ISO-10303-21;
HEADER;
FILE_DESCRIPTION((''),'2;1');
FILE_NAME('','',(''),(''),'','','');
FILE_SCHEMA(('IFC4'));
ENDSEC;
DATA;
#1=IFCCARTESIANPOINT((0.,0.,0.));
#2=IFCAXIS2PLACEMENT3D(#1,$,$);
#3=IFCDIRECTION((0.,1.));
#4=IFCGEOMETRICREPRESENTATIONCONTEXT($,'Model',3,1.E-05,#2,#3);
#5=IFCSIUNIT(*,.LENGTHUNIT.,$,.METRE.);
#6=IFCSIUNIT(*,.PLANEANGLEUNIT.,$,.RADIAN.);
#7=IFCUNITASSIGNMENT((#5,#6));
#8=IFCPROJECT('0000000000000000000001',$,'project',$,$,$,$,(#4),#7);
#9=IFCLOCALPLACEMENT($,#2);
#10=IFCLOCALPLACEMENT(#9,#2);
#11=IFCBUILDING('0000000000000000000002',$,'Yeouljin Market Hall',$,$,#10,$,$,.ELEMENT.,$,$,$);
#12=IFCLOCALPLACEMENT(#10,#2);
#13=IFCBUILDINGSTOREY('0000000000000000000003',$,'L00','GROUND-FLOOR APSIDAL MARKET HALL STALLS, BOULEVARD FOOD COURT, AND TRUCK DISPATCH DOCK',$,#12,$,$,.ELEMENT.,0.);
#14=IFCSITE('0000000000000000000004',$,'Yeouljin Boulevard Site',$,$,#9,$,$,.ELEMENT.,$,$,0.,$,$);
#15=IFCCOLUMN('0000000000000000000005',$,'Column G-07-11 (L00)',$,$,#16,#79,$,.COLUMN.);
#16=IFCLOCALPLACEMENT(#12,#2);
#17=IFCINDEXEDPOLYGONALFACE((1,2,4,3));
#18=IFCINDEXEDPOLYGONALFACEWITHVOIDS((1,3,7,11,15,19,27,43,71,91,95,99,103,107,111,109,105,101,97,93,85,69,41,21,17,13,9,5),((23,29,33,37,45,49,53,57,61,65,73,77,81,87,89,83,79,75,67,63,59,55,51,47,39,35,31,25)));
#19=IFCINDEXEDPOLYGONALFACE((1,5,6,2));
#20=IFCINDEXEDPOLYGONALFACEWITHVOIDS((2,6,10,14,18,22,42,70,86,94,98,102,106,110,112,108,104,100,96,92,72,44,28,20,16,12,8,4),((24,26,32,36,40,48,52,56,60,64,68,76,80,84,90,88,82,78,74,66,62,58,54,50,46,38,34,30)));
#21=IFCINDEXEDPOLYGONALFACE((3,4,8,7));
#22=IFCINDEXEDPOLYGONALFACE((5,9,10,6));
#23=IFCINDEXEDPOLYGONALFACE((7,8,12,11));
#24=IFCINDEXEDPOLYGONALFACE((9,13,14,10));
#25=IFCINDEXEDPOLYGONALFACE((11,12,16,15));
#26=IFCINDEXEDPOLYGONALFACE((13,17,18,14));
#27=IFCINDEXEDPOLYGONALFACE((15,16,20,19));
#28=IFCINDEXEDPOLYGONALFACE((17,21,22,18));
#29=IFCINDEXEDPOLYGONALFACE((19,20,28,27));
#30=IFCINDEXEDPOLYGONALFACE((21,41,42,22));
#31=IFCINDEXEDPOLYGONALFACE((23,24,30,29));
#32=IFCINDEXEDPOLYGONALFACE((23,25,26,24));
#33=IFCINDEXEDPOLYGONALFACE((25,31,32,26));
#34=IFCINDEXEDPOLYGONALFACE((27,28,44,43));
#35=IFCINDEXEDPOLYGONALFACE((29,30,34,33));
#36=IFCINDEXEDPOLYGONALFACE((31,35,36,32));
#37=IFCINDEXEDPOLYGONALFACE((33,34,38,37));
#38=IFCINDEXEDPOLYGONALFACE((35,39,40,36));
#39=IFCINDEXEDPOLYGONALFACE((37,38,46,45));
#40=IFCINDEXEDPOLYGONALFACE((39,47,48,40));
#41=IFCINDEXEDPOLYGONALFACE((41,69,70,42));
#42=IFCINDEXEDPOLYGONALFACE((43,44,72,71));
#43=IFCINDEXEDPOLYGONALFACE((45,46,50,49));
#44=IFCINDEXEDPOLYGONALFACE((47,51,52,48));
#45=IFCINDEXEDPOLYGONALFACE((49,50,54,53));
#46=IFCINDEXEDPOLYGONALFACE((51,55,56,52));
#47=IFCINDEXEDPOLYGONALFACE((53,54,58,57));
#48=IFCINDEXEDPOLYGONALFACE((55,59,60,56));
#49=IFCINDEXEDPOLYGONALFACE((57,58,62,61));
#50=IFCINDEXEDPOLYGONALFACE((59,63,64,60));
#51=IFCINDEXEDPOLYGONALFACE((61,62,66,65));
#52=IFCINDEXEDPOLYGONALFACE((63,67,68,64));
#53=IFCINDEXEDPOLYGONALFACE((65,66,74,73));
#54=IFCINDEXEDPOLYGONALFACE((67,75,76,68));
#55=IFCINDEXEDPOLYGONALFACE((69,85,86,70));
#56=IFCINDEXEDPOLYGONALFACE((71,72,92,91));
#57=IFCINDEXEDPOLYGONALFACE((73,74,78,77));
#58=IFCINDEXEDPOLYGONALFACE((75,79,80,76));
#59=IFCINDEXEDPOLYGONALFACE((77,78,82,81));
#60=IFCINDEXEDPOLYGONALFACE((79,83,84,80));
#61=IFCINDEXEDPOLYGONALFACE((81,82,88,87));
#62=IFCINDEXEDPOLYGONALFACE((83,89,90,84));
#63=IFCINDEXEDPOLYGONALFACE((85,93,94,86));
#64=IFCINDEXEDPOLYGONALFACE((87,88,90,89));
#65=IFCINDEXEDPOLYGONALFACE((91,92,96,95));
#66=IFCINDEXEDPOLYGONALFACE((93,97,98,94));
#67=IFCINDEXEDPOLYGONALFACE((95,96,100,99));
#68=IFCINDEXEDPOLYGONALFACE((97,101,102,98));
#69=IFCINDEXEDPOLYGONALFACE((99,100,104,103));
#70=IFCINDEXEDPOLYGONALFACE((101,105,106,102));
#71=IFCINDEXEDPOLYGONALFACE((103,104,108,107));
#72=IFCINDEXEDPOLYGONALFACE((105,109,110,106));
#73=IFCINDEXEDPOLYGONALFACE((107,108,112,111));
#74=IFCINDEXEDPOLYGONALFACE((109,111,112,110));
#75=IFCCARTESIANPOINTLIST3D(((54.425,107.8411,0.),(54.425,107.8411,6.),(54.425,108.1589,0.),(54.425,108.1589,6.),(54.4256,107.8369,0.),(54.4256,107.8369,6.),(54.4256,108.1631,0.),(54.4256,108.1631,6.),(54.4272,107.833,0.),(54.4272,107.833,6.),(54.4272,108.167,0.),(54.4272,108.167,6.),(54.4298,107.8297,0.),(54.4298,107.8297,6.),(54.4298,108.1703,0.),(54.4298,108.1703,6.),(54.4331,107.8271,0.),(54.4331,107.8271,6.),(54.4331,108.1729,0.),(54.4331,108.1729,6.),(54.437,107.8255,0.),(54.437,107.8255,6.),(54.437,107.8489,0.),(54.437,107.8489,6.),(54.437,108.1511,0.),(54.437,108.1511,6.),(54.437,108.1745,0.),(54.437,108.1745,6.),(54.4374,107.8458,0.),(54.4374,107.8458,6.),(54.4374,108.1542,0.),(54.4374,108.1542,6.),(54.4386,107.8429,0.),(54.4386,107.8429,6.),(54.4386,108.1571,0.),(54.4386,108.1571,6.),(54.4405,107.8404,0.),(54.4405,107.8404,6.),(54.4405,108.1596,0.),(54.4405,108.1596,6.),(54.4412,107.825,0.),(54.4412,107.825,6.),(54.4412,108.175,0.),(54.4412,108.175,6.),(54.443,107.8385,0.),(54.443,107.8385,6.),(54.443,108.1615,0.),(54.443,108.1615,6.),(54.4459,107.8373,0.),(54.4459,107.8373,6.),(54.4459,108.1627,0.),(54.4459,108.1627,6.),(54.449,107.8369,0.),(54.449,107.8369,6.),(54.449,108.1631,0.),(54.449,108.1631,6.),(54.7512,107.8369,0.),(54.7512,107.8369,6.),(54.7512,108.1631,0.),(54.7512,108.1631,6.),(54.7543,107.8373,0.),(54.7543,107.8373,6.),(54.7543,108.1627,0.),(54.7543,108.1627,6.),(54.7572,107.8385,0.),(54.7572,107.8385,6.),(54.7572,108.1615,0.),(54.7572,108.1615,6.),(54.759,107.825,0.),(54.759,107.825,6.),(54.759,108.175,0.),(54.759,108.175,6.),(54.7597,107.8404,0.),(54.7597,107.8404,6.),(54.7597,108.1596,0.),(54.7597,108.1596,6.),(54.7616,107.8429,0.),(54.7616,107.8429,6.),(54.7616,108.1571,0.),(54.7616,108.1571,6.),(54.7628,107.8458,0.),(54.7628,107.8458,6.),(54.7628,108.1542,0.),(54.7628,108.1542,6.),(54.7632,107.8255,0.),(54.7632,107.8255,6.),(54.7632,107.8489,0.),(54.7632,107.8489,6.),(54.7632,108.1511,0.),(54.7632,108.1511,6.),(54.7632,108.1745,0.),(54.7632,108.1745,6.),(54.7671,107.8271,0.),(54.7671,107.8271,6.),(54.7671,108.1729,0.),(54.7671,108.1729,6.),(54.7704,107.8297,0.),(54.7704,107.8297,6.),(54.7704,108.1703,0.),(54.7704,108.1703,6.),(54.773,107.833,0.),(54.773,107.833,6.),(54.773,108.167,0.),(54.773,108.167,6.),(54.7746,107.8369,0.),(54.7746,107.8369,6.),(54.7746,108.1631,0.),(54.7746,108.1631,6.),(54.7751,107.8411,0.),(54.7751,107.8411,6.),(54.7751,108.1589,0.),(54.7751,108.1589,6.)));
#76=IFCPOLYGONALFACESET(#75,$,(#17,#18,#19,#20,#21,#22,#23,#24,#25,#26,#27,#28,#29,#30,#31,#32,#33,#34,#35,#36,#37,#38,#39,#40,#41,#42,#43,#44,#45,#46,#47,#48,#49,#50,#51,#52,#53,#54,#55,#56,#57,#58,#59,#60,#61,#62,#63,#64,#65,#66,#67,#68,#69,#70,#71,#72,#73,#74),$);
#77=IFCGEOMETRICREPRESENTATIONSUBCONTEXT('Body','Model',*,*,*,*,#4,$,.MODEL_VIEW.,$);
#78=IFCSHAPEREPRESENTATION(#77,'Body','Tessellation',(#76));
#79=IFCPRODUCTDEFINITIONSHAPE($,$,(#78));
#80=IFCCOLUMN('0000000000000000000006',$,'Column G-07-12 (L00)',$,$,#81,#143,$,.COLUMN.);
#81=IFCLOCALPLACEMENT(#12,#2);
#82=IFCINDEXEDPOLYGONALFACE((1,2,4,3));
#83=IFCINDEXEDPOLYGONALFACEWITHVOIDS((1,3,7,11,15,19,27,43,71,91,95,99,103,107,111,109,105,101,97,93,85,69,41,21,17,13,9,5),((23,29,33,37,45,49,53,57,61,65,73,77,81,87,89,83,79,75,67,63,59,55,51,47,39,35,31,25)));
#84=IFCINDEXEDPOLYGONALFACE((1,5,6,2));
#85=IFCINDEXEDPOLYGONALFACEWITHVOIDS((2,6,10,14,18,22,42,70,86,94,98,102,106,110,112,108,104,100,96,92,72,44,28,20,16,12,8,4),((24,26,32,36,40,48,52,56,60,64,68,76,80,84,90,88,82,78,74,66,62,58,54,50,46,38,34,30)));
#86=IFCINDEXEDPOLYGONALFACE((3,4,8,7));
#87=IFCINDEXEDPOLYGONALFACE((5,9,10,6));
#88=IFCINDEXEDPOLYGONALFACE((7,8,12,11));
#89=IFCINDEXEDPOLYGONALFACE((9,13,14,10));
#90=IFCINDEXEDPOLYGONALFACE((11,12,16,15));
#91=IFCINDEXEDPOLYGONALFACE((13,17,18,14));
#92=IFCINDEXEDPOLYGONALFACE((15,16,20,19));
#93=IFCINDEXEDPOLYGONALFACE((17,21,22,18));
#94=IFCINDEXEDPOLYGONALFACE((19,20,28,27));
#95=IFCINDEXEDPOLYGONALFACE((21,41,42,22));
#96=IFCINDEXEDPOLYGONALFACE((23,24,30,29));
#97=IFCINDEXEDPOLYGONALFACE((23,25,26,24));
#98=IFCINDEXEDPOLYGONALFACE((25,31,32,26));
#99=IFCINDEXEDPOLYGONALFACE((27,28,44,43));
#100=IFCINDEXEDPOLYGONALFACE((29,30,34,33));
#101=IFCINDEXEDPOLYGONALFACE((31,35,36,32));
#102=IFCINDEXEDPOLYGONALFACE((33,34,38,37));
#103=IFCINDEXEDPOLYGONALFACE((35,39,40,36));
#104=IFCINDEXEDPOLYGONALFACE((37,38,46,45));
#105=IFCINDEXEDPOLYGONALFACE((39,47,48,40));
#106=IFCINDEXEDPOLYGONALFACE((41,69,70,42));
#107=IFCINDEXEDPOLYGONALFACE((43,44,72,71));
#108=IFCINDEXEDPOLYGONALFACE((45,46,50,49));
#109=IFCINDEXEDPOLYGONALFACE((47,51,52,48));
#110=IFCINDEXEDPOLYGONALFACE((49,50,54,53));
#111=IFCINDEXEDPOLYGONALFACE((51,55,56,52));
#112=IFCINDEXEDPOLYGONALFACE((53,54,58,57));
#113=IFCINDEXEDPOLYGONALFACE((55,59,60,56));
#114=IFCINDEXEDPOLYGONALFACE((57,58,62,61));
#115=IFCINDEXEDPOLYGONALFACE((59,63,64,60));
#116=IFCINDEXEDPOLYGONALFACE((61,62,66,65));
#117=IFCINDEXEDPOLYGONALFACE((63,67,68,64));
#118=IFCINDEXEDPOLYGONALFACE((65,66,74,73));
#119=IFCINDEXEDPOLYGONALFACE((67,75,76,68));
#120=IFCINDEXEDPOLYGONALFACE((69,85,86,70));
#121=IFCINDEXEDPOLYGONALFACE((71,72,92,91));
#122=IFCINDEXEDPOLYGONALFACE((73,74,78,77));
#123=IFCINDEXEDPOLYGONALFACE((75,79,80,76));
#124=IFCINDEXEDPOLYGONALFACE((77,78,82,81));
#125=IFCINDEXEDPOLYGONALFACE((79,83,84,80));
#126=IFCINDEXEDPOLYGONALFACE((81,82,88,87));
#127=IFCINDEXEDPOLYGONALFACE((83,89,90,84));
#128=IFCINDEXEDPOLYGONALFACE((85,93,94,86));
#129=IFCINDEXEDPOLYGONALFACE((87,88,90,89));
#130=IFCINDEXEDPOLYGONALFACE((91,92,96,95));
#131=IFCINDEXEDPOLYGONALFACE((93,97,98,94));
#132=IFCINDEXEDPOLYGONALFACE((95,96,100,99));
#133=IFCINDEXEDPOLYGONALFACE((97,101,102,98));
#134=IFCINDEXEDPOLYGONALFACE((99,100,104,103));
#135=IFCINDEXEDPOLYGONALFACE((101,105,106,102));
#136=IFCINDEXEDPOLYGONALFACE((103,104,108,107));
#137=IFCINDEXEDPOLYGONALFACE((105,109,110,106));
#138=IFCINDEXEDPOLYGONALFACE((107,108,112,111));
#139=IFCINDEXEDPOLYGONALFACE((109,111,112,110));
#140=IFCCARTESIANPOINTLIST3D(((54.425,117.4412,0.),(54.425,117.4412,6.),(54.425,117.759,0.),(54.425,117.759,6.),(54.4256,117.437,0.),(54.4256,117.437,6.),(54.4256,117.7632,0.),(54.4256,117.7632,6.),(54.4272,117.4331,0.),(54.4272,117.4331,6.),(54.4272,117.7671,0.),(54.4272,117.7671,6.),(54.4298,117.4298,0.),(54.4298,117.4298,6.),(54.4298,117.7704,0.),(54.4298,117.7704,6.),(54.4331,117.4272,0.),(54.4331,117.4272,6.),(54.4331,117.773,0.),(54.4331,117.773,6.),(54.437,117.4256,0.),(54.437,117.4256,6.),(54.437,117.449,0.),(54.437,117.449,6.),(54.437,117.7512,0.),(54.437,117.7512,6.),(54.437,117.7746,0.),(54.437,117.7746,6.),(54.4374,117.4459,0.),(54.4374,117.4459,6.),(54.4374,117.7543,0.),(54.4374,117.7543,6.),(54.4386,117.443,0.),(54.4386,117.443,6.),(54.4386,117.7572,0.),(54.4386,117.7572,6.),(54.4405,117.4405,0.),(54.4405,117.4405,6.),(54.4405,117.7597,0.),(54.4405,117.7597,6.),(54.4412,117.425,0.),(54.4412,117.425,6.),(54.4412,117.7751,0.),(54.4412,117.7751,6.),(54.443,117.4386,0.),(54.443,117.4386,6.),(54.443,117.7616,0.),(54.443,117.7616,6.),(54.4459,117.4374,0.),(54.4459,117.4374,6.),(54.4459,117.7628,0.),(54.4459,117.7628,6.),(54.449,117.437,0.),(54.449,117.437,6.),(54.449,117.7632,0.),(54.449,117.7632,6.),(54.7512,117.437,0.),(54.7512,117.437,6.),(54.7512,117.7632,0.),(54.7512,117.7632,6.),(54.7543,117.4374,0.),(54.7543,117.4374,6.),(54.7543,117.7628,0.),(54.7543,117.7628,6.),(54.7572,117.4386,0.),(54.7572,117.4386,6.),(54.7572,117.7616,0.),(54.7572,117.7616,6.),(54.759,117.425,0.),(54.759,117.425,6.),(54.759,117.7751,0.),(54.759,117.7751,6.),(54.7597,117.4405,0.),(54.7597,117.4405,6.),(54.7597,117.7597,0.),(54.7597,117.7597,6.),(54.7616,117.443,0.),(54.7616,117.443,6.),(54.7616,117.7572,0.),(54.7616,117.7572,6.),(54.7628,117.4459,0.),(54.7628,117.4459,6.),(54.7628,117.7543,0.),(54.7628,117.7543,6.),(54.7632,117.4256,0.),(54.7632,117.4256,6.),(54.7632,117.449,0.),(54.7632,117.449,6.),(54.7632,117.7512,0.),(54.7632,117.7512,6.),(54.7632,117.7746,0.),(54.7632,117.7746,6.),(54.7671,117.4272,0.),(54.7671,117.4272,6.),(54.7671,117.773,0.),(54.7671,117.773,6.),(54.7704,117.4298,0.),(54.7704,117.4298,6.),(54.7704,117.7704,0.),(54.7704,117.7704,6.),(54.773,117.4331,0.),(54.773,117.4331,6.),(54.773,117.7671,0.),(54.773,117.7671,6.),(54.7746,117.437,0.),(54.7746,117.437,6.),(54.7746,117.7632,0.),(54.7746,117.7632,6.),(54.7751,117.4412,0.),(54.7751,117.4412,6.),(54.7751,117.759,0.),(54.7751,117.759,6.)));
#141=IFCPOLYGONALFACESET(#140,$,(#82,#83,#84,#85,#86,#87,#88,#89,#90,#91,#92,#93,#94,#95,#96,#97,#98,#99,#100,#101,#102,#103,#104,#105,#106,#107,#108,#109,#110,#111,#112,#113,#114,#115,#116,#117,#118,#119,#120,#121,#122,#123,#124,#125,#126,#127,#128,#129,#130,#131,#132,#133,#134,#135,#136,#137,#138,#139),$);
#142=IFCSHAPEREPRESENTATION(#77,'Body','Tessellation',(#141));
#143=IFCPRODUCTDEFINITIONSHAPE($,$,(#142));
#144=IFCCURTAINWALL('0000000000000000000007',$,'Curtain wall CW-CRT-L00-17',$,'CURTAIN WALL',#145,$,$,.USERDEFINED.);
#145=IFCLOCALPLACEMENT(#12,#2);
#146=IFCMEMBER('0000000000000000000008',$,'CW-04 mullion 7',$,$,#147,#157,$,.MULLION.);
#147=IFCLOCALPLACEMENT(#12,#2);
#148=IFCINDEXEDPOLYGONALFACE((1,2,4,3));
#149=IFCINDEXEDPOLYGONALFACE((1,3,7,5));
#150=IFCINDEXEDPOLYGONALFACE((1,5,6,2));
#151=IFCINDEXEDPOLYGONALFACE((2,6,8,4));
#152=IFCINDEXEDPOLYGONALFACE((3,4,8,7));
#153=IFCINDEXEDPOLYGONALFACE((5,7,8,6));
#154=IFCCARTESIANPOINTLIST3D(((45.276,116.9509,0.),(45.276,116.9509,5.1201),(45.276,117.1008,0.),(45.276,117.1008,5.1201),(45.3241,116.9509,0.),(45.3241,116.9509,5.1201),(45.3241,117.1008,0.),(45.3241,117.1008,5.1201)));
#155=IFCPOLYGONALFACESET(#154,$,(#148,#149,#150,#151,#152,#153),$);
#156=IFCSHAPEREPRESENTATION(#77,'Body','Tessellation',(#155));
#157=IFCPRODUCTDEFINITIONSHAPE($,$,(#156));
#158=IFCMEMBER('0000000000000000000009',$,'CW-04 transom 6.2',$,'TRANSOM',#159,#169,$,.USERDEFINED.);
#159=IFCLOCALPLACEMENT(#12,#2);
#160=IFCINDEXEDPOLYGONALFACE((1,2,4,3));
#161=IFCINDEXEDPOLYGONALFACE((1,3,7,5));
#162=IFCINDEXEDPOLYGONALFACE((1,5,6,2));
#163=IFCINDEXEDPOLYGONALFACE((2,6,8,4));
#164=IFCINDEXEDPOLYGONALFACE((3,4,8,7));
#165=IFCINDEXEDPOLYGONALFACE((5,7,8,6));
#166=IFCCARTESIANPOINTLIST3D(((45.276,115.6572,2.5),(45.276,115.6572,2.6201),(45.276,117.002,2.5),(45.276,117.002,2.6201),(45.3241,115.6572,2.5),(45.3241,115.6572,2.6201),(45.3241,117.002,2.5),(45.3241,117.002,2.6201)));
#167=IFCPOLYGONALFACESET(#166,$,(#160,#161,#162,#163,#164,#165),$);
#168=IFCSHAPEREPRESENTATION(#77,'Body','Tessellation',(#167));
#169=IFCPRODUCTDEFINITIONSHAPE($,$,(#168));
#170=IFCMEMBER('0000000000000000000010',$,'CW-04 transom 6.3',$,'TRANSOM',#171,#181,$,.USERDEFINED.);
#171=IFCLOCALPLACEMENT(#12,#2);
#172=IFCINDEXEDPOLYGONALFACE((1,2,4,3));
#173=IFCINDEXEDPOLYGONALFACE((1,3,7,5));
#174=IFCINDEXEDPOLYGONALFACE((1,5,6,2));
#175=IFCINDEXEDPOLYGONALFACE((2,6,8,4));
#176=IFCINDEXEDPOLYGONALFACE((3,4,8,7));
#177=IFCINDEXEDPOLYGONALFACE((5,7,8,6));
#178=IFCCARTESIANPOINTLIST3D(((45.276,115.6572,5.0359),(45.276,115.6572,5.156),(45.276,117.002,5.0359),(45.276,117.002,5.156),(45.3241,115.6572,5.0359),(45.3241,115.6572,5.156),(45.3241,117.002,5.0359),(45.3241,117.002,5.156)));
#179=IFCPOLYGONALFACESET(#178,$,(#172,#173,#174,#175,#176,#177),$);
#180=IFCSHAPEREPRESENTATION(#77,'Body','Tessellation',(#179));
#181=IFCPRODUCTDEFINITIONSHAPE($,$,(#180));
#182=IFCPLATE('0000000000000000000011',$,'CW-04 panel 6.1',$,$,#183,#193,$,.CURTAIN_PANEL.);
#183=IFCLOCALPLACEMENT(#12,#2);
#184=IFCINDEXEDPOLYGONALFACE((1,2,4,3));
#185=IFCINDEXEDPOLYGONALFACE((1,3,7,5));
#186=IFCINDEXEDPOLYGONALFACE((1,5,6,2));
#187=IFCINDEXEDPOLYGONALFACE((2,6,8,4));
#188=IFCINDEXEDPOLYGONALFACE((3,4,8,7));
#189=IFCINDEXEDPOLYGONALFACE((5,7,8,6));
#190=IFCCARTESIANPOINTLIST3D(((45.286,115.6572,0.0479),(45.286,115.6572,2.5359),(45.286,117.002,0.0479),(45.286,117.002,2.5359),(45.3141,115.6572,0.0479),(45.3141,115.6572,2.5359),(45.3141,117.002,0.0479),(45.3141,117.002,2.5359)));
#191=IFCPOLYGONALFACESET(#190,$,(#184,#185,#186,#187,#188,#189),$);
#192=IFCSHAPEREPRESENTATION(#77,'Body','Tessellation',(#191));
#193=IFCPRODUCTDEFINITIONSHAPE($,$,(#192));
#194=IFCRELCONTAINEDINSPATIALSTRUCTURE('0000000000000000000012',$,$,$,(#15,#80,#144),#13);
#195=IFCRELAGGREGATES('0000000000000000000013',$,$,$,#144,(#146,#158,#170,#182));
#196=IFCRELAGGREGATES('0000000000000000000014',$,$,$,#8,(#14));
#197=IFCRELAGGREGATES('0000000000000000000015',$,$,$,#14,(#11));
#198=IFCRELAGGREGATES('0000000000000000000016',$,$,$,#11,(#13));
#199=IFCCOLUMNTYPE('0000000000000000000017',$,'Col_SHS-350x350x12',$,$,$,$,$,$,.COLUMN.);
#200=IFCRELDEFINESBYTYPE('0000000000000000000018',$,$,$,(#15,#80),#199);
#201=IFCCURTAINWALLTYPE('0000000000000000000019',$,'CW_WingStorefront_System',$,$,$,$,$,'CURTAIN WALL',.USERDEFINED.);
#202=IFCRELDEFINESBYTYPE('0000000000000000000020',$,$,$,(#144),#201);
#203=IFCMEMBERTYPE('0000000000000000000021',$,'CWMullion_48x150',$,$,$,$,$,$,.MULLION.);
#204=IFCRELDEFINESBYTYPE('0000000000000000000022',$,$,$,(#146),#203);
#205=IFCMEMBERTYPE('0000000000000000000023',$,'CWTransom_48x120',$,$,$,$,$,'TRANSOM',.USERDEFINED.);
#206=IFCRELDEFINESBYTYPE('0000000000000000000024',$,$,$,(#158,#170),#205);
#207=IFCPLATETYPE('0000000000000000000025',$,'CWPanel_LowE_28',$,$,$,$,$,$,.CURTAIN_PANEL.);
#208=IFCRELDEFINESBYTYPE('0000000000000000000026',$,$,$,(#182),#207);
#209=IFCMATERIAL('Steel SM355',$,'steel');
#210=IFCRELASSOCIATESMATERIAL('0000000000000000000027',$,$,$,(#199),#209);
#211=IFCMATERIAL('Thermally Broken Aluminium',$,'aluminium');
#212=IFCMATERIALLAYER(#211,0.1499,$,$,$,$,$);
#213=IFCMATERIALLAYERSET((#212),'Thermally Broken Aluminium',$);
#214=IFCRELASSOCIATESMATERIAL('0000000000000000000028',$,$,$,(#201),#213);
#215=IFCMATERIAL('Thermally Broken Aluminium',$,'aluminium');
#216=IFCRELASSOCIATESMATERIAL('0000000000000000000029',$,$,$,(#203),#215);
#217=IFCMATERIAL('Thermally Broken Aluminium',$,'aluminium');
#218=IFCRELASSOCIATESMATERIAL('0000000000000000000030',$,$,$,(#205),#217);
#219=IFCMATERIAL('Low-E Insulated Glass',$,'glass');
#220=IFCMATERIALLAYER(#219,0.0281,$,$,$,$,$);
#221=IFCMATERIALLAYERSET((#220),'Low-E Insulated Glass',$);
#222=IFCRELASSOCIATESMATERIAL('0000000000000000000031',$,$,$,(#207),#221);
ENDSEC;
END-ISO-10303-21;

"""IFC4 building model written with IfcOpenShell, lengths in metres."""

from ifc_helpers import new_model, si_unit, direction, frame, origin, origin_2d, place, context, subcontext, project, spatial, rectangle, hollow_rectangle, extrude, material, layer, layer_set, material_profile, profile_set, type_object, element, aggregate, save


model = new_model("IFC4")

# Units and contexts
model_context = context("Model", 3, precision=1e-05, world=origin(), true_north=direction((0.0, 1.0)))
body_context = subcontext(model_context, "Body", "Model", "MODEL_VIEW")
ifc_project = project(units=[si_unit("LENGTHUNIT", "METRE"), si_unit("PLANEANGLEUNIT", "RADIAN")], contexts=[model_context])

# Site, building, storey
site_placement = place(None, origin())
site = spatial("IfcSite", under=ifc_project, at=site_placement, Name="Yeouljin Boulevard Site", CompositionType="ELEMENT", RefElevation=0.0)
building_placement = place(site_placement, origin())
building = spatial("IfcBuilding", under=site, at=building_placement, Name="Yeouljin Market Hall", CompositionType="ELEMENT")
storey_placement = place(building_placement, origin())
storey = spatial("IfcBuildingStorey", under=building, at=storey_placement, Name="L00", Description="GROUND-FLOOR APSIDAL MARKET HALL STALLS, BOULEVARD FOOD COURT, AND TRUCK DISPATCH DOCK", CompositionType="ELEMENT", Elevation=0.0)

# Columns
ifc_material_1 = material(Name="Steel SM355", Category="steel")
ifc_material_profile_1 = material_profile(ifc_material_1, hollow_rectangle(XDim=0.3501, YDim=0.3501, WallThickness=0.012, InnerFilletRadius=0.012, OuterFilletRadius=0.0161, at=origin_2d()), Name="SHS-350x350x12")
ifc_profile_set_1 = profile_set([ifc_material_profile_1], Name="Steel SM355")
column_type_1 = type_object("IfcColumnType", Name="Col_SHS-350x350x12", PredefinedType="COLUMN", material=ifc_profile_set_1)
for number, where, z_axis, x_axis, name in (
    (1, (54.6001, 108.0, 0.0), (0.0, 0.0, 1.0), (1.0, 0.0, 0.0), "Column G-07-11 (L00)"),
    (2, (54.6001, 117.6001, 0.0), (0.0, 0.0, 1.0), (1.0, 0.0, 0.0), "Column G-07-12 (L00)"),
):
    element("IfcColumn", number, at=place(storey_placement, frame(where, z_axis=z_axis, x_axis=x_axis)), inside=storey, type_object=column_type_1, Name=name, PredefinedType="COLUMN", context=body_context, shape_type="SweptSolid", body=[
        extrude(hollow_rectangle(XDim=0.3501, YDim=0.3501, WallThickness=0.012, InnerFilletRadius=0.012, OuterFilletRadius=0.0161, at=origin_2d()), origin(), (0.0, 0.0, 1.0), 6.0),
    ])

# Curtain wall, members, plate
ifc_material_2 = material(Name="Thermally Broken Aluminium", Category="aluminium")
ifc_layer_1 = layer(ifc_material_2, 0.1499)
ifc_layer_set_1 = layer_set([ifc_layer_1], Name="Thermally Broken Aluminium")
curtain_wall_type = type_object("IfcCurtainWallType", Name="CW_WingStorefront_System", ElementType="CURTAIN WALL", PredefinedType="USERDEFINED", material=ifc_layer_set_1)
curtain_wall_placement = place(storey_placement, origin())
curtain_wall = element("IfcCurtainWall", 3, at=curtain_wall_placement, inside=storey, type_object=curtain_wall_type, Name="Curtain wall CW-CRT-L00-17", ObjectType="CURTAIN WALL", PredefinedType="USERDEFINED")
ifc_material_3 = material(Name="Thermally Broken Aluminium", Category="aluminium")
ifc_material_profile_2 = material_profile(ifc_material_3, rectangle(XDim=0.0481, YDim=0.1499, at=origin_2d()), Name="CW-MULL-48x150")
ifc_profile_set_2 = profile_set([ifc_material_profile_2], Name="Thermally Broken Aluminium")
member_type_1 = type_object("IfcMemberType", Name="CWMullion_48x150", PredefinedType="MULLION", material=ifc_profile_set_2)
member_1_placement = place(storey_placement, frame((45.3, 117.0259, 0.0), z_axis=(0.0, 0.0, 1.0), x_axis=(-1.0, 0.0, 0.0)))
member_1 = element("IfcMember", 4, at=member_1_placement, type_object=member_type_1, Name="CW-04 mullion 7", PredefinedType="MULLION", context=body_context, shape_type="SweptSolid", body=[
    extrude(rectangle(XDim=0.0481, YDim=0.1499, at=origin_2d()), origin(), (0.0, 0.0, 1.0), 5.1201),
])
ifc_material_4 = material(Name="Thermally Broken Aluminium", Category="aluminium")
ifc_material_profile_3 = material_profile(ifc_material_4, rectangle(XDim=0.0481, YDim=0.1201, at=origin_2d()), Name="CW-TRAN-48x120")
ifc_profile_set_3 = profile_set([ifc_material_profile_3], Name="Thermally Broken Aluminium")
member_type_2 = type_object("IfcMemberType", Name="CWTransom_48x120", ElementType="TRANSOM", PredefinedType="USERDEFINED", material=ifc_profile_set_3)
member_2_placement = place(storey_placement, frame((45.3, 115.6572, 2.5601), z_axis=(0.0, 1.0, 0.0), x_axis=(-1.0, 0.0, 0.0)))
member_2 = element("IfcMember", 5, at=member_2_placement, type_object=member_type_2, Name="CW-04 transom 6.2", ObjectType="TRANSOM", PredefinedType="USERDEFINED", context=body_context, shape_type="SweptSolid", body=[
    extrude(rectangle(XDim=0.0481, YDim=0.1201, at=origin_2d()), origin(), (0.0, 0.0, 1.0), 1.3447),
])
member_3_placement = place(storey_placement, frame((45.3, 115.6572, 5.0959), z_axis=(0.0, 1.0, 0.0), x_axis=(-1.0, 0.0, 0.0)))
member_3 = element("IfcMember", 6, at=member_3_placement, type_object=member_type_2, Name="CW-04 transom 6.3", ObjectType="TRANSOM", PredefinedType="USERDEFINED", context=body_context, shape_type="SweptSolid", body=[
    extrude(rectangle(XDim=0.0481, YDim=0.1201, at=origin_2d()), origin(), (0.0, 0.0, 1.0), 1.3447),
])
ifc_material_5 = material(Name="Low-E Insulated Glass", Category="glass")
ifc_layer_2 = layer(ifc_material_5, 0.0281)
ifc_layer_set_2 = layer_set([ifc_layer_2], Name="Low-E Insulated Glass")
plate_type_1 = type_object("IfcPlateType", Name="CWPanel_LowE_28", PredefinedType="CURTAIN_PANEL", material=ifc_layer_set_2)
plate_1_placement = place(storey_placement, frame((45.3, 116.3296, 0.0479), z_axis=(0.0, 0.0, 1.0), x_axis=(0.0, 1.0, 0.0)))
plate_1 = element("IfcPlate", 7, at=plate_1_placement, type_object=plate_type_1, Name="CW-04 panel 6.1", PredefinedType="CURTAIN_PANEL", context=body_context, shape_type="SweptSolid", body=[
    extrude(rectangle(XDim=1.3447, YDim=0.0281, at=origin_2d()), origin(), (0.0, 0.0, 1.0), 2.488),
])
aggregate(curtain_wall, [member_1, member_2, member_3, plate_1])

save(model, "model.ifc")
